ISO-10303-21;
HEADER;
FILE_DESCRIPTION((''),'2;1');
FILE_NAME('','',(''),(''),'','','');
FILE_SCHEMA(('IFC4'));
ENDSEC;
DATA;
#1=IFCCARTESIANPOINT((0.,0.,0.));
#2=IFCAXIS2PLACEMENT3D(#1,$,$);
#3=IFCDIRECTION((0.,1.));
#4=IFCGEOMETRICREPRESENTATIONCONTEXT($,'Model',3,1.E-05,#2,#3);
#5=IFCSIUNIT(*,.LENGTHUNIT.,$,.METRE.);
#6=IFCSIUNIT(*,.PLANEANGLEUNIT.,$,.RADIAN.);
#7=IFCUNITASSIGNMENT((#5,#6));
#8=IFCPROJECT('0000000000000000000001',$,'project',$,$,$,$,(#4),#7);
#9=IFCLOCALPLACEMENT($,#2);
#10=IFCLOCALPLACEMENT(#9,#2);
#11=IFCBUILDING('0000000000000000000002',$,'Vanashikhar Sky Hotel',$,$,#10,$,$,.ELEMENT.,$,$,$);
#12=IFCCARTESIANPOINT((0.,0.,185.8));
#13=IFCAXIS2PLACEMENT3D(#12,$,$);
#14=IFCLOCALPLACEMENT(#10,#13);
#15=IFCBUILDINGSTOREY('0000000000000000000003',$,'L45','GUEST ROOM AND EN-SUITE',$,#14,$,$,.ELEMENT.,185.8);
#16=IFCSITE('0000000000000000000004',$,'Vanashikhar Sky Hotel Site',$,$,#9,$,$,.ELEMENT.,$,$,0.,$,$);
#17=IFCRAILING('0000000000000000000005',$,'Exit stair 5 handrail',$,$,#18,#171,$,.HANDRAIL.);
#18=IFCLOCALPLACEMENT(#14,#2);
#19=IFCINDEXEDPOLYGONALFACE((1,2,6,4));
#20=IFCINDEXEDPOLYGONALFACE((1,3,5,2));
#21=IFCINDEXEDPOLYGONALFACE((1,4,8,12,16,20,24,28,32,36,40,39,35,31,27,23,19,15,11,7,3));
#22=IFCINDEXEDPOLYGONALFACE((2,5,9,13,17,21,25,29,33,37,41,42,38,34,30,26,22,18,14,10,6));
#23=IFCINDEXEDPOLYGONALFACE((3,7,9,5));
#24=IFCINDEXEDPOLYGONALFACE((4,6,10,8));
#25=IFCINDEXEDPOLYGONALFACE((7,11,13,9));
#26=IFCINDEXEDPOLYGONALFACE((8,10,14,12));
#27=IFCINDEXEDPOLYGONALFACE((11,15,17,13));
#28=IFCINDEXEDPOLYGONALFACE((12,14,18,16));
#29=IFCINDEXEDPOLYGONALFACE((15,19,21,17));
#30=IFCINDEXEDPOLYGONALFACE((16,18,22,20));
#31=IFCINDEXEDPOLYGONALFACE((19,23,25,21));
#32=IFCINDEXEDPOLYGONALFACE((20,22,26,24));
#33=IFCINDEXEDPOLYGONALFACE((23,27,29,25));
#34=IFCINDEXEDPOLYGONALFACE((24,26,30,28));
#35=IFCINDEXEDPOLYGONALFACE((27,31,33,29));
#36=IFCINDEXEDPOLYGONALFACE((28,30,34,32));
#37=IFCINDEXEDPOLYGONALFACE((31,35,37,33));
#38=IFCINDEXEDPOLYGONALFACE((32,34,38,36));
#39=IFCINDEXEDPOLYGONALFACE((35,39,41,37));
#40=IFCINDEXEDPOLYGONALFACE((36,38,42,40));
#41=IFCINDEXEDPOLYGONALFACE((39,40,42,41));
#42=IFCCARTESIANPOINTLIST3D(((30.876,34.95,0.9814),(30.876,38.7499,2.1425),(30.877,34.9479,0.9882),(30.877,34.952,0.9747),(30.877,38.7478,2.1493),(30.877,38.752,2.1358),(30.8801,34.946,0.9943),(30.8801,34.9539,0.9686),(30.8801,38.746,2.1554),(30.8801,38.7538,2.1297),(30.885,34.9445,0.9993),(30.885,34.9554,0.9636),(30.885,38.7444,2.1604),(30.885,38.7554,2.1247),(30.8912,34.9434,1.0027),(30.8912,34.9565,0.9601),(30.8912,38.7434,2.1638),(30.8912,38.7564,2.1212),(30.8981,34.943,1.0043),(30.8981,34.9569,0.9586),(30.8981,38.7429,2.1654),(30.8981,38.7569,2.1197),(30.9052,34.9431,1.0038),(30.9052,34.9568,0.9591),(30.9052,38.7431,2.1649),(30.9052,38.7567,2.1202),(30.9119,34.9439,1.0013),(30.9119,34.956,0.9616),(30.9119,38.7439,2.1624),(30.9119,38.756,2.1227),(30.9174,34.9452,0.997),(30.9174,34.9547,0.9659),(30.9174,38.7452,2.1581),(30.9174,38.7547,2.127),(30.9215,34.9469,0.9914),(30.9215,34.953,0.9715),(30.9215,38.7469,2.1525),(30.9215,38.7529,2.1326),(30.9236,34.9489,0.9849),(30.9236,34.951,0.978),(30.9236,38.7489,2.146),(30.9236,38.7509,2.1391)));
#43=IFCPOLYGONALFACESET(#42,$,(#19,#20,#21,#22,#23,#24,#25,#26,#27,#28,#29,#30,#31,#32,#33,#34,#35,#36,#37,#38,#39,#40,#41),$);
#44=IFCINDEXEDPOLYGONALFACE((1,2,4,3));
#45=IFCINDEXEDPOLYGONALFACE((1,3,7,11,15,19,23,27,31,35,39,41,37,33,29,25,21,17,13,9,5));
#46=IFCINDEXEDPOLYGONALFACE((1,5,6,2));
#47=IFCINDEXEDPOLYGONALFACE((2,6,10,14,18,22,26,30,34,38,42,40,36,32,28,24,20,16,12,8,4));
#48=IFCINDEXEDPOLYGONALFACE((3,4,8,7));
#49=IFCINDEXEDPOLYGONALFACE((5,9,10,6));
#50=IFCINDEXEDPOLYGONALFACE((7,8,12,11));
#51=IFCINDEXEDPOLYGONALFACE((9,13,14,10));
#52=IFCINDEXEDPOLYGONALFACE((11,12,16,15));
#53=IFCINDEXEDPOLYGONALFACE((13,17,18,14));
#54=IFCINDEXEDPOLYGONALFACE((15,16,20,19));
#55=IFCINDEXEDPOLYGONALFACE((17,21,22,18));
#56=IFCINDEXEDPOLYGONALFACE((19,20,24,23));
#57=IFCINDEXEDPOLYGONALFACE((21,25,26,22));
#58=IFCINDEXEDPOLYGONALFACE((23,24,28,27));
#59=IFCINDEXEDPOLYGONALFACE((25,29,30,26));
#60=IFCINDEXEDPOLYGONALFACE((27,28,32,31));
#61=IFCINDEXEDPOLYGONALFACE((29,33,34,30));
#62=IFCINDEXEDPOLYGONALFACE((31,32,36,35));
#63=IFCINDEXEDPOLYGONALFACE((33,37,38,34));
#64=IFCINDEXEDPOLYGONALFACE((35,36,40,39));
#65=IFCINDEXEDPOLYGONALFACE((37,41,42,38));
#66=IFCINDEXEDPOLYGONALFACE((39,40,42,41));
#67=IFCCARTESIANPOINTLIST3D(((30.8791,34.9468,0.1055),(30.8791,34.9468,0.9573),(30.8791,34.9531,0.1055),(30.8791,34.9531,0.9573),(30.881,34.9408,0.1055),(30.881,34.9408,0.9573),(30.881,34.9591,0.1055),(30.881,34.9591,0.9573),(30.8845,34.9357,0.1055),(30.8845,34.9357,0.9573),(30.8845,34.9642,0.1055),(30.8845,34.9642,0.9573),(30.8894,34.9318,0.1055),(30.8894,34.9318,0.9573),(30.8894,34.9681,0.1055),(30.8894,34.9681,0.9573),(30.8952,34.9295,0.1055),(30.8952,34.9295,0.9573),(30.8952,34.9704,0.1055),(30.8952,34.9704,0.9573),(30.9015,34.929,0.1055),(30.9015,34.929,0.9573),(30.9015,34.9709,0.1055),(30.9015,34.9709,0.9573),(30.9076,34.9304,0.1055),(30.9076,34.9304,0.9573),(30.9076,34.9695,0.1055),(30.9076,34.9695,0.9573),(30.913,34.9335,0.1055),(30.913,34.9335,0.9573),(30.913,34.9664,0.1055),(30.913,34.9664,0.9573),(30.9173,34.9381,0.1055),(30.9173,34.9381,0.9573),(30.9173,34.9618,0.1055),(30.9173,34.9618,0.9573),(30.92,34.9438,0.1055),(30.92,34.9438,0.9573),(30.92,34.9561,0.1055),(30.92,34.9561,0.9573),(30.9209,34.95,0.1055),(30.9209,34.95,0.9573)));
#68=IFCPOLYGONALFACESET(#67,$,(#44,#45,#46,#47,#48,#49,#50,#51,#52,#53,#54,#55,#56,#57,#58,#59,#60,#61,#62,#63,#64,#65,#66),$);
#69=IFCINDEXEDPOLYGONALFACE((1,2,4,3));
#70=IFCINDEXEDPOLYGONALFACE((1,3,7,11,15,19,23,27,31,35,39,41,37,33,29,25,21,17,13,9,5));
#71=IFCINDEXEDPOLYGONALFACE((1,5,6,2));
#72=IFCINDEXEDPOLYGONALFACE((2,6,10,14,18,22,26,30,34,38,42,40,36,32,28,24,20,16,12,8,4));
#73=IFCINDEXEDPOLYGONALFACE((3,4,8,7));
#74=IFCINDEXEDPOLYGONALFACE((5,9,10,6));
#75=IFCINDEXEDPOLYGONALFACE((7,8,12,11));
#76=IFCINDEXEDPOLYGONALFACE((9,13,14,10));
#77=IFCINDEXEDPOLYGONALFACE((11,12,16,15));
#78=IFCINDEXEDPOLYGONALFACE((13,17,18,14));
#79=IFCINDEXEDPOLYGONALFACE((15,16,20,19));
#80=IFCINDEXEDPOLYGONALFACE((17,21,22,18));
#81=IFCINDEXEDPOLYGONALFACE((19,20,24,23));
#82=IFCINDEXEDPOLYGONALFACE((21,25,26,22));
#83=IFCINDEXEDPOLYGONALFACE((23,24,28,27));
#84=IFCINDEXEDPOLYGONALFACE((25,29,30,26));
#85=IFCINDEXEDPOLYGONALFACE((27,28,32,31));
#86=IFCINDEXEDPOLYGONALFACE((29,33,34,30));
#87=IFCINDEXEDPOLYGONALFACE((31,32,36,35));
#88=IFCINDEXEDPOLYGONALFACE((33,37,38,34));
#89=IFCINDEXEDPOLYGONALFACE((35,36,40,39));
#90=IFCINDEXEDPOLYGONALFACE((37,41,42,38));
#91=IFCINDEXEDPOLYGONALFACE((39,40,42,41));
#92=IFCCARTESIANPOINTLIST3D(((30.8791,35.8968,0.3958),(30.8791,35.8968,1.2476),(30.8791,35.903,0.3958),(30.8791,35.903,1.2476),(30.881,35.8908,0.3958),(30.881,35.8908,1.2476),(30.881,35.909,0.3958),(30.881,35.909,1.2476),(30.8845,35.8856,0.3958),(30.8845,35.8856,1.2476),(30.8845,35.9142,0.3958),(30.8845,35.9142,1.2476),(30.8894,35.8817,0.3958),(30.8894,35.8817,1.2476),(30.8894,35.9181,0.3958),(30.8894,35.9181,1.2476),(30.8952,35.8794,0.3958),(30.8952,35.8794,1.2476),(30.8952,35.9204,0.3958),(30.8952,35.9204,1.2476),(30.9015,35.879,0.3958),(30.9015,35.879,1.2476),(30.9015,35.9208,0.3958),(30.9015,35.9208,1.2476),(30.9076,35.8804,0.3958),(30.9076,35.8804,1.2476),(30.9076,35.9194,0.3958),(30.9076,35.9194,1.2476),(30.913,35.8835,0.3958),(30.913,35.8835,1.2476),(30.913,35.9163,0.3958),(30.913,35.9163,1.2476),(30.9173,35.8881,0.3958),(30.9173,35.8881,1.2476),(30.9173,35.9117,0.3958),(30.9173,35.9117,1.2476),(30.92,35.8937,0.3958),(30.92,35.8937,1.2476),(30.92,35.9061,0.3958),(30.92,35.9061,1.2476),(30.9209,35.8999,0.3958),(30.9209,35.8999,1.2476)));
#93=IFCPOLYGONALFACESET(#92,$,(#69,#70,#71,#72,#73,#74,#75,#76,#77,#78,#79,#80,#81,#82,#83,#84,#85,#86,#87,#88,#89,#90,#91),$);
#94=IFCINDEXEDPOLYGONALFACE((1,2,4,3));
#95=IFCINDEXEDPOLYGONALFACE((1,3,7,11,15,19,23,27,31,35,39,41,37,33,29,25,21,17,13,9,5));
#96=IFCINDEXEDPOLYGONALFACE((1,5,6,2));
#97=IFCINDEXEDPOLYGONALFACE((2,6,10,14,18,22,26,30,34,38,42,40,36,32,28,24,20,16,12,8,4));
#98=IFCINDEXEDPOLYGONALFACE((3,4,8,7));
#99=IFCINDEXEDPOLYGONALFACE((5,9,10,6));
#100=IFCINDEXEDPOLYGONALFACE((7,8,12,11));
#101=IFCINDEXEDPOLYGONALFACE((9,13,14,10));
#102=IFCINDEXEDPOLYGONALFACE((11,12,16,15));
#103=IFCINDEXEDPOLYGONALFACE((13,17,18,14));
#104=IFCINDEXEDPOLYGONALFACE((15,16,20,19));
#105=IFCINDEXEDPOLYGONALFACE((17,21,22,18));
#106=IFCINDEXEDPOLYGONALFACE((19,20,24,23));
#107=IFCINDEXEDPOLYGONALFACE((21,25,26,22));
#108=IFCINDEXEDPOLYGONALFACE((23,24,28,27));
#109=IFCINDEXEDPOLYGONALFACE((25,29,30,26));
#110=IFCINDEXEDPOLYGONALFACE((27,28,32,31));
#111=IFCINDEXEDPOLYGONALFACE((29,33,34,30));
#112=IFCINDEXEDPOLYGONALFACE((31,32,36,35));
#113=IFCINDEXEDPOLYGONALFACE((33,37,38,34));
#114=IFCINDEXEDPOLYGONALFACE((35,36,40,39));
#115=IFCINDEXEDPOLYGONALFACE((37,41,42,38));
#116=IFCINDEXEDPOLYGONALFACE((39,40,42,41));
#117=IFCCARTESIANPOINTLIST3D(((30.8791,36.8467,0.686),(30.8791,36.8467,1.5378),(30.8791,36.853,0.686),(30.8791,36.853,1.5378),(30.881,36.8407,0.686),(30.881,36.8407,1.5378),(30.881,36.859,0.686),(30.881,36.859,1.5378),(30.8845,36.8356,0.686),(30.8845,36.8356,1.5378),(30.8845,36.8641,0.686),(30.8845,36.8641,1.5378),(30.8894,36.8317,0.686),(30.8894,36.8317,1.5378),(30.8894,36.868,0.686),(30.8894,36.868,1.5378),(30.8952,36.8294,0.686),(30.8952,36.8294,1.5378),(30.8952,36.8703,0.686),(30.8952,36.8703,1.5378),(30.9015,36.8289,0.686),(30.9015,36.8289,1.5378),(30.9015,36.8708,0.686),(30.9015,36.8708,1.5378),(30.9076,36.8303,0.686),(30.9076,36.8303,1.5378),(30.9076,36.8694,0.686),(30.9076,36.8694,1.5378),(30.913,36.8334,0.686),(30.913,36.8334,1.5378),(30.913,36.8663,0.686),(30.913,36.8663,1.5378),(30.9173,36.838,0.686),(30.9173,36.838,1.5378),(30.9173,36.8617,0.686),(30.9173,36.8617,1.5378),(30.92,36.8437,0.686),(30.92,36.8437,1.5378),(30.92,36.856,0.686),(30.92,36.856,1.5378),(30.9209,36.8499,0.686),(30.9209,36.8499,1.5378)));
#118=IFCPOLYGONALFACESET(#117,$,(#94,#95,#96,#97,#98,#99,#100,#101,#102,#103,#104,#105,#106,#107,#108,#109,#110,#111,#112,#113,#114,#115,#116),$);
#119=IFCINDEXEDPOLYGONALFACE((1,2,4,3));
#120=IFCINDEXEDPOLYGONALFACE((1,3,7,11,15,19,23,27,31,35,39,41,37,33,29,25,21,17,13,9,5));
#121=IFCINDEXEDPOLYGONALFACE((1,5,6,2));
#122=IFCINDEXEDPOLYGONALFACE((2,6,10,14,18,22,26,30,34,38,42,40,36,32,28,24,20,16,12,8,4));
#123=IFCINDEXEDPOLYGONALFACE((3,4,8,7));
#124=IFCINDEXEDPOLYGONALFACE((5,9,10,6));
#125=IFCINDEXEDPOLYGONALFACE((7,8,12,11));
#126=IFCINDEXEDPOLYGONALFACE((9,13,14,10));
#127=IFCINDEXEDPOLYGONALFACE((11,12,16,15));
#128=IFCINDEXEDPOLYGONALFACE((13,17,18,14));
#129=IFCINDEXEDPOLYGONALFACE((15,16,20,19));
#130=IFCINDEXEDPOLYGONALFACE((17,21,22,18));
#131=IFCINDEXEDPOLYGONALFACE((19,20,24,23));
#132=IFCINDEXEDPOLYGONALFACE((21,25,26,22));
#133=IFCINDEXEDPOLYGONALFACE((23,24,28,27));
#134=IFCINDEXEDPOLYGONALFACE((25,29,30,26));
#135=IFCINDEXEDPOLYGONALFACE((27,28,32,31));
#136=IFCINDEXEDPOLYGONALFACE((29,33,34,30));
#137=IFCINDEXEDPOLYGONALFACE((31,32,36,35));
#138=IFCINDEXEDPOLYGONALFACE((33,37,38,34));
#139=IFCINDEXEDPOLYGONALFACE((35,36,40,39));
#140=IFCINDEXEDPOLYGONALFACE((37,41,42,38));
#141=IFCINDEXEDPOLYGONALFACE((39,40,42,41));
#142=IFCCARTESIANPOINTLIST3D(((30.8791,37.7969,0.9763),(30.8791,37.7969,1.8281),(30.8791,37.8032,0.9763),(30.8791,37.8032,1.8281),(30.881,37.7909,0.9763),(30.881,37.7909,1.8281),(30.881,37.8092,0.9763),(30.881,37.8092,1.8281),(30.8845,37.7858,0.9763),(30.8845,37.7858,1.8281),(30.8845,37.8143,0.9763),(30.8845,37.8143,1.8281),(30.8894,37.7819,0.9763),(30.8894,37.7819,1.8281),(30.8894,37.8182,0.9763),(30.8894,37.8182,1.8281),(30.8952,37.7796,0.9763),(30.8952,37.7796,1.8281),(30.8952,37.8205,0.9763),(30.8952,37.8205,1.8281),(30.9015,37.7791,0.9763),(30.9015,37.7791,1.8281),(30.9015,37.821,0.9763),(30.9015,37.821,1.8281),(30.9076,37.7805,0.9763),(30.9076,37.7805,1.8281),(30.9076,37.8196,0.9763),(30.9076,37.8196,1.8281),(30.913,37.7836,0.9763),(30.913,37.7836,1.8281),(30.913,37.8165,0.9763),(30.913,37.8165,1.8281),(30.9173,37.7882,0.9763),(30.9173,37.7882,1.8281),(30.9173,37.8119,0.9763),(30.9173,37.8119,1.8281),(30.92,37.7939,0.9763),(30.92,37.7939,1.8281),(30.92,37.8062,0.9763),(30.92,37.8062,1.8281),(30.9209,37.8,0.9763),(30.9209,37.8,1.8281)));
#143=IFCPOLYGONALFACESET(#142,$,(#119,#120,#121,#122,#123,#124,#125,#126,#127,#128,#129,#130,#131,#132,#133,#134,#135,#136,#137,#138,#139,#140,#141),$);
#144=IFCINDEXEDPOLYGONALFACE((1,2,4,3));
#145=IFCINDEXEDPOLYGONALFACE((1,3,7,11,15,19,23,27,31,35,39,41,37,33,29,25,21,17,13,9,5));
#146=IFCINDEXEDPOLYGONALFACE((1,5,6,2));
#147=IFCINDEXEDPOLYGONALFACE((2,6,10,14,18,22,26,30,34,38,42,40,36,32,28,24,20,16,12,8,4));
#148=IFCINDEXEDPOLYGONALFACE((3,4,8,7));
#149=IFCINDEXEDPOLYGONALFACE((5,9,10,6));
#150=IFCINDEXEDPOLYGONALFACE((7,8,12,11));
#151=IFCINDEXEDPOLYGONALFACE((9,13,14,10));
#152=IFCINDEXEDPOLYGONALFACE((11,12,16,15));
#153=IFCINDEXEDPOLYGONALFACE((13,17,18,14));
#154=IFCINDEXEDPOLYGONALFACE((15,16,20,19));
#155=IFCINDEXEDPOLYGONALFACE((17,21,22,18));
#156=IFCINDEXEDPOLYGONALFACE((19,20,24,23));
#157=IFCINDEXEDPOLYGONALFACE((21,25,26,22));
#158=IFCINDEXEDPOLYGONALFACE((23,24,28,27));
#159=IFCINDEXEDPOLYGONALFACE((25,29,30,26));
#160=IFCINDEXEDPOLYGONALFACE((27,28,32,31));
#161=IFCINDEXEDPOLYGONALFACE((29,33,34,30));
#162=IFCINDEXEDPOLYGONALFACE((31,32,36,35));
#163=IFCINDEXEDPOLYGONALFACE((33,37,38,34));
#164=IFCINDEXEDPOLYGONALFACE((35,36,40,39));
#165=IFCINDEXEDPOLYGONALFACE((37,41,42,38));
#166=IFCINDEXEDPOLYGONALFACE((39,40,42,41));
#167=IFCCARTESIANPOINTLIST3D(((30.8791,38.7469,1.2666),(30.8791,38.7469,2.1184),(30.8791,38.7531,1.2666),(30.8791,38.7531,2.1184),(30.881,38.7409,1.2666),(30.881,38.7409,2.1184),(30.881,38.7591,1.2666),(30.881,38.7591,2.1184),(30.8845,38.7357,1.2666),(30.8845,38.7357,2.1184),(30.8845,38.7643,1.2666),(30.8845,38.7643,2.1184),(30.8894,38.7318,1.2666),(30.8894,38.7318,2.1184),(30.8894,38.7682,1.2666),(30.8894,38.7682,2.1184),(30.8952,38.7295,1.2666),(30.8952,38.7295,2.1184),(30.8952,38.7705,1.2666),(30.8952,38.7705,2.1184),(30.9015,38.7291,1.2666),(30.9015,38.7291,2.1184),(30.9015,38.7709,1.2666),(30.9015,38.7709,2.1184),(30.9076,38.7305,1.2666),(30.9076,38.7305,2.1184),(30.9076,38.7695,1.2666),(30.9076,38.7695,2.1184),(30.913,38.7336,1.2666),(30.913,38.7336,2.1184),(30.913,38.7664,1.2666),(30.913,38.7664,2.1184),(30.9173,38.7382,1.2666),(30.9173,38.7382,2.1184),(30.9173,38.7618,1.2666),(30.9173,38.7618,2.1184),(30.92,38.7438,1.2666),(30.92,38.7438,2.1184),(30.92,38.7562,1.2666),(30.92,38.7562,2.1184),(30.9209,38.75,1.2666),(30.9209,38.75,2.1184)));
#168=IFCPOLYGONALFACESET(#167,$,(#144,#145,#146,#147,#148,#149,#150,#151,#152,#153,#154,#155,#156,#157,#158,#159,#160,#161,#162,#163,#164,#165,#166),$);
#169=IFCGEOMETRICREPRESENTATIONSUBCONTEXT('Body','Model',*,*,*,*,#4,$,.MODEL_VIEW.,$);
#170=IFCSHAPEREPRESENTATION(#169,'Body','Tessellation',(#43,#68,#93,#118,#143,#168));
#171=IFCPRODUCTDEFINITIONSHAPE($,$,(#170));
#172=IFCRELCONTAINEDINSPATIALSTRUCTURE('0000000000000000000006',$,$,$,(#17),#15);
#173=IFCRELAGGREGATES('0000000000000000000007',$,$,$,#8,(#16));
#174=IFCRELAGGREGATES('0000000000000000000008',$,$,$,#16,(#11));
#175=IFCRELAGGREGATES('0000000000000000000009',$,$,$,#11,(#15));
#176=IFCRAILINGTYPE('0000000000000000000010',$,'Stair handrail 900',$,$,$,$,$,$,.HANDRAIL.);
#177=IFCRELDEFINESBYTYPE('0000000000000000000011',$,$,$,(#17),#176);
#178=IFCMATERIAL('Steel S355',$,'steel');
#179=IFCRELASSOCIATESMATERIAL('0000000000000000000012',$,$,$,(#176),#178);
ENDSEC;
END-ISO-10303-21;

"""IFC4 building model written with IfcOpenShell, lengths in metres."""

from ifc_helpers import new_model, si_unit, direction, frame, origin, origin_2d, place, context, subcontext, project, spatial, circle, extrude, source, transform, mapped, material, type_object, element, save


model = new_model("IFC4")

# Units and contexts
model_context = context("Model", 3, precision=1e-05, world=origin(), true_north=direction((0.0, 1.0)))
body_context = subcontext(model_context, "Body", "Model", "MODEL_VIEW")
ifc_project = project(units=[si_unit("LENGTHUNIT", "METRE"), si_unit("PLANEANGLEUNIT", "RADIAN")], contexts=[model_context])

# Site, building, storey
site_placement = place(None, origin())
site = spatial("IfcSite", under=ifc_project, at=site_placement, Name="Vanashikhar Sky Hotel Site", CompositionType="ELEMENT", RefElevation=0.0)
building_placement = place(site_placement, origin())
building = spatial("IfcBuilding", under=site, at=building_placement, Name="Vanashikhar Sky Hotel", CompositionType="ELEMENT")
storey_placement = place(building_placement, frame((0.0, 0.0, 185.8)))
storey = spatial("IfcBuildingStorey", under=building, at=storey_placement, Name="L45", Description="GUEST ROOM AND EN-SUITE", CompositionType="ELEMENT", Elevation=185.8)

# Railing
ifc_material_1 = material(Name="Steel S355", Category="steel")
railing_type_1 = type_object("IfcRailingType", Name="Stair handrail 900", PredefinedType="HANDRAIL", material=ifc_material_1)
shared_shape_1 = source(origin(), body_context, "Body", "SweptSolid", [
    extrude(circle(Radius=0.0239, at=origin_2d()), frame((0.0, 0.0, 0.876), z_axis=(0.0, 0.956351, 0.29222), x_axis=(-1.0, 0.0, 0.0)), (0.0, 0.0, 1.0), 3.9734),
    extrude(circle(Radius=0.021, at=origin_2d()), origin(), (0.0, 0.0, 1.0), 0.8518),
    extrude(circle(Radius=0.021, at=origin_2d()), frame((0.0, 0.95, 0.2903)), (0.0, 0.0, 1.0), 0.8518),
    extrude(circle(Radius=0.021, at=origin_2d()), frame((0.0, 1.8999, 0.5806)), (0.0, 0.0, 1.0), 0.8518),
    extrude(circle(Radius=0.021, at=origin_2d()), frame((0.0, 2.8501, 0.8708)), (0.0, 0.0, 1.0), 0.8518),
    extrude(circle(Radius=0.021, at=origin_2d()), frame((0.0, 3.8, 1.1611)), (0.0, 0.0, 1.0), 0.8518),
])
for number, where, name in (
    (1, (30.8999, 34.95, 0.1055), "Exit stair 5 handrail"),
):
    element("IfcRailing", number, at=place(storey_placement, frame(where)), inside=storey, type_object=railing_type_1, Name=name, PredefinedType="HANDRAIL", context=body_context, shape_type="MappedRepresentation", body=[
        mapped(shared_shape_1, transform((0.0, 0.0, 0.0), scale=1.0)),
    ])

save(model, "model.ifc")
